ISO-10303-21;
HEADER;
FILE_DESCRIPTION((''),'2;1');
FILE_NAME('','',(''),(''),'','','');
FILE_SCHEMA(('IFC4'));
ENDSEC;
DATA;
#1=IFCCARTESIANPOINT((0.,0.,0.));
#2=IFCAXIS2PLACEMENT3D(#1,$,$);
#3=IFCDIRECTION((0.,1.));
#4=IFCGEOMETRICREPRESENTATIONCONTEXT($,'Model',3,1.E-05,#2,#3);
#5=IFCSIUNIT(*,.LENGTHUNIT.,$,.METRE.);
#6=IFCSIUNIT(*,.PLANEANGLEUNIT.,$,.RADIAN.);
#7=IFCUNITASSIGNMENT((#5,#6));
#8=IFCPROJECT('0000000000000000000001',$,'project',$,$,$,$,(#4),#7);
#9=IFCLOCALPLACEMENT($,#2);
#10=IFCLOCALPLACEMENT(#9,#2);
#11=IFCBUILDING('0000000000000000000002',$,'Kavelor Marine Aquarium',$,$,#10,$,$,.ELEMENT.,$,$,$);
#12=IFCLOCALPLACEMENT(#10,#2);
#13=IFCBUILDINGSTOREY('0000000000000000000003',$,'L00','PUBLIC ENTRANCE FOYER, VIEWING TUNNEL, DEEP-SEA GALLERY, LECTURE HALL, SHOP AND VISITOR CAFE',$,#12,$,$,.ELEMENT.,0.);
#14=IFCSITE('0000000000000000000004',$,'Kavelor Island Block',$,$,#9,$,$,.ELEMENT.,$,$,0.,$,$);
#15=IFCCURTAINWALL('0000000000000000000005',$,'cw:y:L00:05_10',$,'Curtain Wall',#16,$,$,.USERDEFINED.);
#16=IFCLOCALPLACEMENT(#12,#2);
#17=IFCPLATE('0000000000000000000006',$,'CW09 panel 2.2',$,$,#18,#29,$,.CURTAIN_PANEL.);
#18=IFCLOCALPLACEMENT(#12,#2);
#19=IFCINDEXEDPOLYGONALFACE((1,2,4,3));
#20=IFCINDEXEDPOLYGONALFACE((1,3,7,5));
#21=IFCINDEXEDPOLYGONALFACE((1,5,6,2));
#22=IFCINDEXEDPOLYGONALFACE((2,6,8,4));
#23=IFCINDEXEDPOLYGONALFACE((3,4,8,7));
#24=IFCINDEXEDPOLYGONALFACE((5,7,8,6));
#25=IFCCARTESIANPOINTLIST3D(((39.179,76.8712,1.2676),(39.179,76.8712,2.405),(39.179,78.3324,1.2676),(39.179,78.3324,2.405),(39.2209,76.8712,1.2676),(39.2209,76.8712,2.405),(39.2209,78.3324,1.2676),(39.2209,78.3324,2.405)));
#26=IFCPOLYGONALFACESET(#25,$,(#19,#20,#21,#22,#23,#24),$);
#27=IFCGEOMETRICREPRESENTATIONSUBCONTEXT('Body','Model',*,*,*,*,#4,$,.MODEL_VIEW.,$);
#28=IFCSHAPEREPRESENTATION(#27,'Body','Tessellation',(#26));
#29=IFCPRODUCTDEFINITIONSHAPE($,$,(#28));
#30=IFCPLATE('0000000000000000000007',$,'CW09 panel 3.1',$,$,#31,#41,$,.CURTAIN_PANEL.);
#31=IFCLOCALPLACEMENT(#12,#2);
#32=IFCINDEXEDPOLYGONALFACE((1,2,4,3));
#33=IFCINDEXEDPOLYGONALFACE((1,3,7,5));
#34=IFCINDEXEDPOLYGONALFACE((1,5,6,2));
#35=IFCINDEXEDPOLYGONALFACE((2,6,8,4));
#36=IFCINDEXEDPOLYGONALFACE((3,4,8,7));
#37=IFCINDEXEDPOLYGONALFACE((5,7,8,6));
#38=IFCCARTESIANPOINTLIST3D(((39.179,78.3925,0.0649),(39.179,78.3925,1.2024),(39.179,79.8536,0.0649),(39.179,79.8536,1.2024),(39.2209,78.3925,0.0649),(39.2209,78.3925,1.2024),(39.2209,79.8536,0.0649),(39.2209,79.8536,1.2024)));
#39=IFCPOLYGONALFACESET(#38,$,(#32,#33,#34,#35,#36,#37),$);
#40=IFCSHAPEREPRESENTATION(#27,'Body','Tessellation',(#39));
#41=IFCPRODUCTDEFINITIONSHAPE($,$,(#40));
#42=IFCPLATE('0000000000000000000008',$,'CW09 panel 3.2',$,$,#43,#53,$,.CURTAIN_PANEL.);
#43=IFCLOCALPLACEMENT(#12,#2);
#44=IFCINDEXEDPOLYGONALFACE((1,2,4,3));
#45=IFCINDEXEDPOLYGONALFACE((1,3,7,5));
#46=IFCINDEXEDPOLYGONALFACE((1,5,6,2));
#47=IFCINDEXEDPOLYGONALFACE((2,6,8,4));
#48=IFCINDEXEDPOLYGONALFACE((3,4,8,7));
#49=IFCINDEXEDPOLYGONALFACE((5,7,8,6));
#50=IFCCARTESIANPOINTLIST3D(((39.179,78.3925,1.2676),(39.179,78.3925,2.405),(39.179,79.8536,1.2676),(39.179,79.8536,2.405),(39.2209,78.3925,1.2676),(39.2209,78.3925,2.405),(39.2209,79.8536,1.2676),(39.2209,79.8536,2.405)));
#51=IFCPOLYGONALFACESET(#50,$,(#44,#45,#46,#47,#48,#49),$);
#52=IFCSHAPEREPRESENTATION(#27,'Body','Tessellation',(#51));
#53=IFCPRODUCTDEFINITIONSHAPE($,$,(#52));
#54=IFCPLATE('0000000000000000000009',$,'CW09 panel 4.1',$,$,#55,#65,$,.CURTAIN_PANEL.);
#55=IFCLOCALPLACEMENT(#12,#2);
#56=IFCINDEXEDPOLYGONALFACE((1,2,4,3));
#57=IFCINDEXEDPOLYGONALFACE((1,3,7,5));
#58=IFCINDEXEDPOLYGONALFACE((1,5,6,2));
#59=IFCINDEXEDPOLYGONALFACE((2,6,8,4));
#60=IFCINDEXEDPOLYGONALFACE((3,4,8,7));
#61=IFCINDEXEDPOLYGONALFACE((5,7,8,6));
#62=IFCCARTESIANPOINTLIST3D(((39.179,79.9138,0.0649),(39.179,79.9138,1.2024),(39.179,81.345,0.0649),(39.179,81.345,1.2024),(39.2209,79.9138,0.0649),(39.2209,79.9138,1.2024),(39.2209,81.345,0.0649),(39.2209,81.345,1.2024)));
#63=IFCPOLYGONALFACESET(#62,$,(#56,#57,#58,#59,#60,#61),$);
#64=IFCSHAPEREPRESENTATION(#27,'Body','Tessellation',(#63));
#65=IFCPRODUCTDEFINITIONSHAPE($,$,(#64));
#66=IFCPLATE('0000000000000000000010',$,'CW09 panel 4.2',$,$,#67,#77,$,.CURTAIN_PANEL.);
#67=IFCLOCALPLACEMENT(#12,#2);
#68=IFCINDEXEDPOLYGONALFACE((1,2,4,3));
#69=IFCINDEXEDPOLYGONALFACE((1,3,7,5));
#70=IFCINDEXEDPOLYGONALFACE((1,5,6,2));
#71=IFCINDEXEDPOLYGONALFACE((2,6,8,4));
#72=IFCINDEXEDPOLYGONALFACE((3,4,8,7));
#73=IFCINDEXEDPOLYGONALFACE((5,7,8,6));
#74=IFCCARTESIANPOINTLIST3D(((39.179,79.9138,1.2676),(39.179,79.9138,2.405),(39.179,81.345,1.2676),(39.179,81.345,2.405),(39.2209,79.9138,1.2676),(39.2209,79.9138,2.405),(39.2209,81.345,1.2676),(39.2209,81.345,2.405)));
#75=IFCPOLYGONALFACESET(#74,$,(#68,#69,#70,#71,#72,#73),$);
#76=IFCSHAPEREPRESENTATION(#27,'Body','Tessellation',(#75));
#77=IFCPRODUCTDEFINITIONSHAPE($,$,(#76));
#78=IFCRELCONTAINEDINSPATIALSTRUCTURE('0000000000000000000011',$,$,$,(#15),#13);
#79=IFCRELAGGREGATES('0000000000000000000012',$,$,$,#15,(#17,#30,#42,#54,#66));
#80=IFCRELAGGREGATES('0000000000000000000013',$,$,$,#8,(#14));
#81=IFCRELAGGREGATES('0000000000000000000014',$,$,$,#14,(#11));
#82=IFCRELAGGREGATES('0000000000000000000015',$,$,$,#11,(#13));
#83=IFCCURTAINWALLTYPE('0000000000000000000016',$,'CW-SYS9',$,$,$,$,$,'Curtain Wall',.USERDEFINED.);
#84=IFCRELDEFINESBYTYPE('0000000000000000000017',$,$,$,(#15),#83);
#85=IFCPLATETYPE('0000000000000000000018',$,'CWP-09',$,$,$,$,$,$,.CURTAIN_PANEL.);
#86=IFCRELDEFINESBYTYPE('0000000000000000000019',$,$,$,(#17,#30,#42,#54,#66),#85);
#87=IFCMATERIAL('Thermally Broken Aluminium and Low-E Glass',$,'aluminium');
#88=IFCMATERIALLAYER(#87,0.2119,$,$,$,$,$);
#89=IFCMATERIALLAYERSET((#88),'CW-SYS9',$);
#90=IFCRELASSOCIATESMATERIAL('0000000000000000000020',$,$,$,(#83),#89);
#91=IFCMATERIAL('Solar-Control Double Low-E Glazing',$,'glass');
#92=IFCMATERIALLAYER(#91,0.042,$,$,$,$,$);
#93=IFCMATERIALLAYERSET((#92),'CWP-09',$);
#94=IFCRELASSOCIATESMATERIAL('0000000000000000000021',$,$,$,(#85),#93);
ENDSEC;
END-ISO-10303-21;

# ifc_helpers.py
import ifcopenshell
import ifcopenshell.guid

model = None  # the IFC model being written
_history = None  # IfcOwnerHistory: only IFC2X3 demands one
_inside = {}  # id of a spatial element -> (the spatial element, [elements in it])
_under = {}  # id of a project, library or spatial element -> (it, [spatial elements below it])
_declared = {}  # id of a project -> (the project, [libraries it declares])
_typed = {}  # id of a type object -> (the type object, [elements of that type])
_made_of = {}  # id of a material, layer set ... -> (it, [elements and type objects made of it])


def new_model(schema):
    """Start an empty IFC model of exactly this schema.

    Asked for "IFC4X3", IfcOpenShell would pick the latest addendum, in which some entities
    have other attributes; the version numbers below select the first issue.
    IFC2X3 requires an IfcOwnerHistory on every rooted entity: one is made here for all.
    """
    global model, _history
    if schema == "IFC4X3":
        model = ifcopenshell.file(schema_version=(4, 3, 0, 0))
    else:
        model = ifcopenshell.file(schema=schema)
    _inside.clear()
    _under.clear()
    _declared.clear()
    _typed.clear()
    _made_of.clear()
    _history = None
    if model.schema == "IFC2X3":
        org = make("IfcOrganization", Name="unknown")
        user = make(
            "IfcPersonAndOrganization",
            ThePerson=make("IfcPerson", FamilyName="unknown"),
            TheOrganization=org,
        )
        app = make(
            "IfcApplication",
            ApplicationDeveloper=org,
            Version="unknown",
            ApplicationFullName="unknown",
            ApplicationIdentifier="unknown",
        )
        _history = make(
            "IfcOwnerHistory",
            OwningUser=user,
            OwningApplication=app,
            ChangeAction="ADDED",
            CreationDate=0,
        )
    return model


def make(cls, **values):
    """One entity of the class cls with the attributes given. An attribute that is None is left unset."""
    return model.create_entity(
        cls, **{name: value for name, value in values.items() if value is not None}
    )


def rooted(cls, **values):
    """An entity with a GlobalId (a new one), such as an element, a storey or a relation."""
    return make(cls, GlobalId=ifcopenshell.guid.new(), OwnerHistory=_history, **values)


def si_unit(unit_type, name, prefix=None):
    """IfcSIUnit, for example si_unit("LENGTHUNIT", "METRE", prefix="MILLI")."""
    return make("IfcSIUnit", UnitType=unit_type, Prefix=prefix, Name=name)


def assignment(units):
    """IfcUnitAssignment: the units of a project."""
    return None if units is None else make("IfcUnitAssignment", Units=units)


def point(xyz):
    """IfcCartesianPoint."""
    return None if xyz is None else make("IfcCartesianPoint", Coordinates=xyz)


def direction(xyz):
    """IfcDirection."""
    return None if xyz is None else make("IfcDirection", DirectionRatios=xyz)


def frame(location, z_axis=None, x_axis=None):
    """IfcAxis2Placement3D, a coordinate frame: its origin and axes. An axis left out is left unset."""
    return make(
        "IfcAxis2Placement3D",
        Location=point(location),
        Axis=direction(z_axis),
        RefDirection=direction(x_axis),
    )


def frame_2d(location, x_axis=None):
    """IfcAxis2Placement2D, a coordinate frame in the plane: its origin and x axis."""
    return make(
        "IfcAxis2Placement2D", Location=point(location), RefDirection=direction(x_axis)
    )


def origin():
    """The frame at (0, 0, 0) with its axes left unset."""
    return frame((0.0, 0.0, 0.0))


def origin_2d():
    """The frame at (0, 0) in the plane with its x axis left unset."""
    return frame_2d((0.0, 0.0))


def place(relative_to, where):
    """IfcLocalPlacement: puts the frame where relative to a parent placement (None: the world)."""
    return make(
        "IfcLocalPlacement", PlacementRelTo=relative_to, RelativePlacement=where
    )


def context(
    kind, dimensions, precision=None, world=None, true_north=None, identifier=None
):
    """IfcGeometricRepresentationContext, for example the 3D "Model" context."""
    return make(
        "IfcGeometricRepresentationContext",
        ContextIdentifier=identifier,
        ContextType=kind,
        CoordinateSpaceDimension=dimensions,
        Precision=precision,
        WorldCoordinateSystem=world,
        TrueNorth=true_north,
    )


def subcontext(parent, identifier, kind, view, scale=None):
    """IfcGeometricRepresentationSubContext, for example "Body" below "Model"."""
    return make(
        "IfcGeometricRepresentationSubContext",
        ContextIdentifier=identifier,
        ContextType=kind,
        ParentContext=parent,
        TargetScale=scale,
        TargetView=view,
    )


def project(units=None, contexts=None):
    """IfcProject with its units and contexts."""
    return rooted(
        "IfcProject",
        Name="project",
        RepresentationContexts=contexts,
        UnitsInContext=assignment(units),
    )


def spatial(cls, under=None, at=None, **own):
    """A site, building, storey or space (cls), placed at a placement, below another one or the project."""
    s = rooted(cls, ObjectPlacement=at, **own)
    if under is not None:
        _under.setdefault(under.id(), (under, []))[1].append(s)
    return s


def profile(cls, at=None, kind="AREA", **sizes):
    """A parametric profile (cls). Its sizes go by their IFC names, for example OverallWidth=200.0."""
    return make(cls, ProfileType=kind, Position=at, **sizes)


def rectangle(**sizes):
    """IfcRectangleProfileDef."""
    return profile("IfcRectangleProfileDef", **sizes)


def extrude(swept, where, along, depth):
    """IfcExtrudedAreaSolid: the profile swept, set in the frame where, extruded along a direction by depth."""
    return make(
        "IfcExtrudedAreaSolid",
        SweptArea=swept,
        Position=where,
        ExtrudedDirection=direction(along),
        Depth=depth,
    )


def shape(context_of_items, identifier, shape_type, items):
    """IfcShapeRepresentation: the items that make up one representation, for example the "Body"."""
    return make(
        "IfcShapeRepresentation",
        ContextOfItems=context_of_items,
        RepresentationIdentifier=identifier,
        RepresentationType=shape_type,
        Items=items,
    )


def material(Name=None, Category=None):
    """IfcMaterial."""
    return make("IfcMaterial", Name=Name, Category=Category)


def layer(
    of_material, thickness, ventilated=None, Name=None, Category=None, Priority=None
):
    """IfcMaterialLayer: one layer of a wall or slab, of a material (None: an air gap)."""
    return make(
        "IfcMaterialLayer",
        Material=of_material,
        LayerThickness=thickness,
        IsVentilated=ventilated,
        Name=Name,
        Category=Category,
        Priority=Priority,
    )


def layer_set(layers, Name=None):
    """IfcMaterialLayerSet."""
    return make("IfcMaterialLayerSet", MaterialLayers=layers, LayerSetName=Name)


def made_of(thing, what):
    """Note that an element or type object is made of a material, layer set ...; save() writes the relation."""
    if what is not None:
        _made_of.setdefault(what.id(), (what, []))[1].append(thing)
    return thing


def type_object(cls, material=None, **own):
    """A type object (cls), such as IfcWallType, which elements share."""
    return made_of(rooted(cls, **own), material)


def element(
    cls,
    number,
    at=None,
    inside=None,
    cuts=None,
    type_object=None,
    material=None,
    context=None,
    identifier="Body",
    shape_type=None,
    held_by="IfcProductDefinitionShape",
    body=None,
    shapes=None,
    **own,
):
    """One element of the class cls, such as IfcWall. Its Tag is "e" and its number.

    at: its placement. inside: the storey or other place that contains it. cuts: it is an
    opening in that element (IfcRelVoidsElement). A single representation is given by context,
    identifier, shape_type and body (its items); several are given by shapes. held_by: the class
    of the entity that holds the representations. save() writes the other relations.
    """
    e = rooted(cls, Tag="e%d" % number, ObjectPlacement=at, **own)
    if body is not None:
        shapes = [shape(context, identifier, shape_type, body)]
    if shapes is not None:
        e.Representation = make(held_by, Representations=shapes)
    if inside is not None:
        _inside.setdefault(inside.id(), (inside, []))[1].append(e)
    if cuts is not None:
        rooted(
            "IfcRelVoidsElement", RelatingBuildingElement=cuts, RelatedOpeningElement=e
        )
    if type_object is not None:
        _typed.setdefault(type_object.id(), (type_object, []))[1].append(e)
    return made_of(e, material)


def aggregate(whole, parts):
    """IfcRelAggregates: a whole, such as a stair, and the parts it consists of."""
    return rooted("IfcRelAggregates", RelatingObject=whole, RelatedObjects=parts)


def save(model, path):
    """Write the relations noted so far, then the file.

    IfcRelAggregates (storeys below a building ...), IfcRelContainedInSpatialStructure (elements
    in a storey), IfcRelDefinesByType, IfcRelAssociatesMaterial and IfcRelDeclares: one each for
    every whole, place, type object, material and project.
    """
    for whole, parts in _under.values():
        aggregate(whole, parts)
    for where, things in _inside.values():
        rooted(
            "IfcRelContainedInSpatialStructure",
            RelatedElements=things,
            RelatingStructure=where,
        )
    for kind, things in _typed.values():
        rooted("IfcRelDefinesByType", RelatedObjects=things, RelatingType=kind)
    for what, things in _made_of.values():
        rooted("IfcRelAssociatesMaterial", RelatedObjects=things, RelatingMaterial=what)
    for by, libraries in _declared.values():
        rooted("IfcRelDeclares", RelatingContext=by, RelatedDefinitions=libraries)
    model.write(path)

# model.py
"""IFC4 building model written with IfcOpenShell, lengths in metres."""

from ifc_helpers import new_model, si_unit, direction, frame, origin, origin_2d, place, context, subcontext, project, spatial, rectangle, extrude, material, layer, layer_set, type_object, element, aggregate, save


model = new_model("IFC4")

# Units and contexts
model_context = context("Model", 3, precision=1e-05, world=origin(), true_north=direction((0.0, 1.0)))
body_context = subcontext(model_context, "Body", "Model", "MODEL_VIEW")
ifc_project = project(units=[si_unit("LENGTHUNIT", "METRE"), si_unit("PLANEANGLEUNIT", "RADIAN")], contexts=[model_context])

# Site, building, storey
site_placement = place(None, origin())
site = spatial("IfcSite", under=ifc_project, at=site_placement, Name="Kavelor Island Block", CompositionType="ELEMENT", RefElevation=0.0)
building_placement = place(site_placement, origin())
building = spatial("IfcBuilding", under=site, at=building_placement, Name="Kavelor Marine Aquarium", CompositionType="ELEMENT")
storey_placement = place(building_placement, origin())
storey = spatial("IfcBuildingStorey", under=building, at=storey_placement, Name="L00", Description="PUBLIC ENTRANCE FOYER, VIEWING TUNNEL, DEEP-SEA GALLERY, LECTURE HALL, SHOP AND VISITOR CAFE", CompositionType="ELEMENT", Elevation=0.0)

# Curtain wall, plates
ifc_material_1 = material(Name="Thermally Broken Aluminium and Low-E Glass", Category="aluminium")
ifc_layer_1 = layer(ifc_material_1, 0.2119)
ifc_layer_set_1 = layer_set([ifc_layer_1], Name="CW-SYS9")
curtain_wall_type = type_object("IfcCurtainWallType", Name="CW-SYS9", ElementType="Curtain Wall", PredefinedType="USERDEFINED", material=ifc_layer_set_1)
curtain_wall_placement = place(storey_placement, origin())
curtain_wall = element("IfcCurtainWall", 1, at=curtain_wall_placement, inside=storey, type_object=curtain_wall_type, Name="cw:y:L00:05_10", ObjectType="Curtain Wall", PredefinedType="USERDEFINED")
ifc_material_2 = material(Name="Solar-Control Double Low-E Glazing", Category="glass")
ifc_layer_2 = layer(ifc_material_2, 0.042)
ifc_layer_set_2 = layer_set([ifc_layer_2], Name="CWP-09")
plate_type = type_object("IfcPlateType", Name="CWP-09", PredefinedType="CURTAIN_PANEL", material=ifc_layer_set_2)
plate_1_placement = place(storey_placement, frame((39.2, 77.6018, 1.2676), z_axis=(0.0, 0.0, 1.0), x_axis=(0.0, 1.0, 0.0)))
plate_1 = element("IfcPlate", 2, at=plate_1_placement, type_object=plate_type, Name="CW09 panel 2.2", PredefinedType="CURTAIN_PANEL", context=body_context, shape_type="SweptSolid", body=[
    extrude(rectangle(XDim=1.4612, YDim=0.042, at=origin_2d()), origin(), (0.0, 0.0, 1.0), 1.1375),
])
plate_2_placement = place(storey_placement, frame((39.2, 79.123, 0.0649), z_axis=(0.0, 0.0, 1.0), x_axis=(0.0, 1.0, 0.0)))
plate_2 = element("IfcPlate", 3, at=plate_2_placement, type_object=plate_type, Name="CW09 panel 3.1", PredefinedType="CURTAIN_PANEL", context=body_context, shape_type="SweptSolid", body=[
    extrude(rectangle(XDim=1.4612, YDim=0.042, at=origin_2d()), origin(), (0.0, 0.0, 1.0), 1.1375),
])
plate_3_placement = place(storey_placement, frame((39.2, 79.123, 1.2676), z_axis=(0.0, 0.0, 1.0), x_axis=(0.0, 1.0, 0.0)))
plate_3 = element("IfcPlate", 4, at=plate_3_placement, type_object=plate_type, Name="CW09 panel 3.2", PredefinedType="CURTAIN_PANEL", context=body_context, shape_type="SweptSolid", body=[
    extrude(rectangle(XDim=1.4612, YDim=0.042, at=origin_2d()), origin(), (0.0, 0.0, 1.0), 1.1375),
])
plate_4_placement = place(storey_placement, frame((39.2, 80.6294, 0.0649), z_axis=(0.0, 0.0, 1.0), x_axis=(0.0, 1.0, 0.0)))
plate_4 = element("IfcPlate", 5, at=plate_4_placement, type_object=plate_type, Name="CW09 panel 4.1", PredefinedType="CURTAIN_PANEL", context=body_context, shape_type="SweptSolid", body=[
    extrude(rectangle(XDim=1.4312, YDim=0.042, at=origin_2d()), origin(), (0.0, 0.0, 1.0), 1.1375),
])
plate_5_placement = place(storey_placement, frame((39.2, 80.6294, 1.2676), z_axis=(0.0, 0.0, 1.0), x_axis=(0.0, 1.0, 0.0)))
plate_5 = element("IfcPlate", 6, at=plate_5_placement, type_object=plate_type, Name="CW09 panel 4.2", PredefinedType="CURTAIN_PANEL", context=body_context, shape_type="SweptSolid", body=[
    extrude(rectangle(XDim=1.4312, YDim=0.042, at=origin_2d()), origin(), (0.0, 0.0, 1.0), 1.1375),
])
aggregate(curtain_wall, [plate_1, plate_2, plate_3, plate_4, plate_5])

save(model, "model.ifc")
